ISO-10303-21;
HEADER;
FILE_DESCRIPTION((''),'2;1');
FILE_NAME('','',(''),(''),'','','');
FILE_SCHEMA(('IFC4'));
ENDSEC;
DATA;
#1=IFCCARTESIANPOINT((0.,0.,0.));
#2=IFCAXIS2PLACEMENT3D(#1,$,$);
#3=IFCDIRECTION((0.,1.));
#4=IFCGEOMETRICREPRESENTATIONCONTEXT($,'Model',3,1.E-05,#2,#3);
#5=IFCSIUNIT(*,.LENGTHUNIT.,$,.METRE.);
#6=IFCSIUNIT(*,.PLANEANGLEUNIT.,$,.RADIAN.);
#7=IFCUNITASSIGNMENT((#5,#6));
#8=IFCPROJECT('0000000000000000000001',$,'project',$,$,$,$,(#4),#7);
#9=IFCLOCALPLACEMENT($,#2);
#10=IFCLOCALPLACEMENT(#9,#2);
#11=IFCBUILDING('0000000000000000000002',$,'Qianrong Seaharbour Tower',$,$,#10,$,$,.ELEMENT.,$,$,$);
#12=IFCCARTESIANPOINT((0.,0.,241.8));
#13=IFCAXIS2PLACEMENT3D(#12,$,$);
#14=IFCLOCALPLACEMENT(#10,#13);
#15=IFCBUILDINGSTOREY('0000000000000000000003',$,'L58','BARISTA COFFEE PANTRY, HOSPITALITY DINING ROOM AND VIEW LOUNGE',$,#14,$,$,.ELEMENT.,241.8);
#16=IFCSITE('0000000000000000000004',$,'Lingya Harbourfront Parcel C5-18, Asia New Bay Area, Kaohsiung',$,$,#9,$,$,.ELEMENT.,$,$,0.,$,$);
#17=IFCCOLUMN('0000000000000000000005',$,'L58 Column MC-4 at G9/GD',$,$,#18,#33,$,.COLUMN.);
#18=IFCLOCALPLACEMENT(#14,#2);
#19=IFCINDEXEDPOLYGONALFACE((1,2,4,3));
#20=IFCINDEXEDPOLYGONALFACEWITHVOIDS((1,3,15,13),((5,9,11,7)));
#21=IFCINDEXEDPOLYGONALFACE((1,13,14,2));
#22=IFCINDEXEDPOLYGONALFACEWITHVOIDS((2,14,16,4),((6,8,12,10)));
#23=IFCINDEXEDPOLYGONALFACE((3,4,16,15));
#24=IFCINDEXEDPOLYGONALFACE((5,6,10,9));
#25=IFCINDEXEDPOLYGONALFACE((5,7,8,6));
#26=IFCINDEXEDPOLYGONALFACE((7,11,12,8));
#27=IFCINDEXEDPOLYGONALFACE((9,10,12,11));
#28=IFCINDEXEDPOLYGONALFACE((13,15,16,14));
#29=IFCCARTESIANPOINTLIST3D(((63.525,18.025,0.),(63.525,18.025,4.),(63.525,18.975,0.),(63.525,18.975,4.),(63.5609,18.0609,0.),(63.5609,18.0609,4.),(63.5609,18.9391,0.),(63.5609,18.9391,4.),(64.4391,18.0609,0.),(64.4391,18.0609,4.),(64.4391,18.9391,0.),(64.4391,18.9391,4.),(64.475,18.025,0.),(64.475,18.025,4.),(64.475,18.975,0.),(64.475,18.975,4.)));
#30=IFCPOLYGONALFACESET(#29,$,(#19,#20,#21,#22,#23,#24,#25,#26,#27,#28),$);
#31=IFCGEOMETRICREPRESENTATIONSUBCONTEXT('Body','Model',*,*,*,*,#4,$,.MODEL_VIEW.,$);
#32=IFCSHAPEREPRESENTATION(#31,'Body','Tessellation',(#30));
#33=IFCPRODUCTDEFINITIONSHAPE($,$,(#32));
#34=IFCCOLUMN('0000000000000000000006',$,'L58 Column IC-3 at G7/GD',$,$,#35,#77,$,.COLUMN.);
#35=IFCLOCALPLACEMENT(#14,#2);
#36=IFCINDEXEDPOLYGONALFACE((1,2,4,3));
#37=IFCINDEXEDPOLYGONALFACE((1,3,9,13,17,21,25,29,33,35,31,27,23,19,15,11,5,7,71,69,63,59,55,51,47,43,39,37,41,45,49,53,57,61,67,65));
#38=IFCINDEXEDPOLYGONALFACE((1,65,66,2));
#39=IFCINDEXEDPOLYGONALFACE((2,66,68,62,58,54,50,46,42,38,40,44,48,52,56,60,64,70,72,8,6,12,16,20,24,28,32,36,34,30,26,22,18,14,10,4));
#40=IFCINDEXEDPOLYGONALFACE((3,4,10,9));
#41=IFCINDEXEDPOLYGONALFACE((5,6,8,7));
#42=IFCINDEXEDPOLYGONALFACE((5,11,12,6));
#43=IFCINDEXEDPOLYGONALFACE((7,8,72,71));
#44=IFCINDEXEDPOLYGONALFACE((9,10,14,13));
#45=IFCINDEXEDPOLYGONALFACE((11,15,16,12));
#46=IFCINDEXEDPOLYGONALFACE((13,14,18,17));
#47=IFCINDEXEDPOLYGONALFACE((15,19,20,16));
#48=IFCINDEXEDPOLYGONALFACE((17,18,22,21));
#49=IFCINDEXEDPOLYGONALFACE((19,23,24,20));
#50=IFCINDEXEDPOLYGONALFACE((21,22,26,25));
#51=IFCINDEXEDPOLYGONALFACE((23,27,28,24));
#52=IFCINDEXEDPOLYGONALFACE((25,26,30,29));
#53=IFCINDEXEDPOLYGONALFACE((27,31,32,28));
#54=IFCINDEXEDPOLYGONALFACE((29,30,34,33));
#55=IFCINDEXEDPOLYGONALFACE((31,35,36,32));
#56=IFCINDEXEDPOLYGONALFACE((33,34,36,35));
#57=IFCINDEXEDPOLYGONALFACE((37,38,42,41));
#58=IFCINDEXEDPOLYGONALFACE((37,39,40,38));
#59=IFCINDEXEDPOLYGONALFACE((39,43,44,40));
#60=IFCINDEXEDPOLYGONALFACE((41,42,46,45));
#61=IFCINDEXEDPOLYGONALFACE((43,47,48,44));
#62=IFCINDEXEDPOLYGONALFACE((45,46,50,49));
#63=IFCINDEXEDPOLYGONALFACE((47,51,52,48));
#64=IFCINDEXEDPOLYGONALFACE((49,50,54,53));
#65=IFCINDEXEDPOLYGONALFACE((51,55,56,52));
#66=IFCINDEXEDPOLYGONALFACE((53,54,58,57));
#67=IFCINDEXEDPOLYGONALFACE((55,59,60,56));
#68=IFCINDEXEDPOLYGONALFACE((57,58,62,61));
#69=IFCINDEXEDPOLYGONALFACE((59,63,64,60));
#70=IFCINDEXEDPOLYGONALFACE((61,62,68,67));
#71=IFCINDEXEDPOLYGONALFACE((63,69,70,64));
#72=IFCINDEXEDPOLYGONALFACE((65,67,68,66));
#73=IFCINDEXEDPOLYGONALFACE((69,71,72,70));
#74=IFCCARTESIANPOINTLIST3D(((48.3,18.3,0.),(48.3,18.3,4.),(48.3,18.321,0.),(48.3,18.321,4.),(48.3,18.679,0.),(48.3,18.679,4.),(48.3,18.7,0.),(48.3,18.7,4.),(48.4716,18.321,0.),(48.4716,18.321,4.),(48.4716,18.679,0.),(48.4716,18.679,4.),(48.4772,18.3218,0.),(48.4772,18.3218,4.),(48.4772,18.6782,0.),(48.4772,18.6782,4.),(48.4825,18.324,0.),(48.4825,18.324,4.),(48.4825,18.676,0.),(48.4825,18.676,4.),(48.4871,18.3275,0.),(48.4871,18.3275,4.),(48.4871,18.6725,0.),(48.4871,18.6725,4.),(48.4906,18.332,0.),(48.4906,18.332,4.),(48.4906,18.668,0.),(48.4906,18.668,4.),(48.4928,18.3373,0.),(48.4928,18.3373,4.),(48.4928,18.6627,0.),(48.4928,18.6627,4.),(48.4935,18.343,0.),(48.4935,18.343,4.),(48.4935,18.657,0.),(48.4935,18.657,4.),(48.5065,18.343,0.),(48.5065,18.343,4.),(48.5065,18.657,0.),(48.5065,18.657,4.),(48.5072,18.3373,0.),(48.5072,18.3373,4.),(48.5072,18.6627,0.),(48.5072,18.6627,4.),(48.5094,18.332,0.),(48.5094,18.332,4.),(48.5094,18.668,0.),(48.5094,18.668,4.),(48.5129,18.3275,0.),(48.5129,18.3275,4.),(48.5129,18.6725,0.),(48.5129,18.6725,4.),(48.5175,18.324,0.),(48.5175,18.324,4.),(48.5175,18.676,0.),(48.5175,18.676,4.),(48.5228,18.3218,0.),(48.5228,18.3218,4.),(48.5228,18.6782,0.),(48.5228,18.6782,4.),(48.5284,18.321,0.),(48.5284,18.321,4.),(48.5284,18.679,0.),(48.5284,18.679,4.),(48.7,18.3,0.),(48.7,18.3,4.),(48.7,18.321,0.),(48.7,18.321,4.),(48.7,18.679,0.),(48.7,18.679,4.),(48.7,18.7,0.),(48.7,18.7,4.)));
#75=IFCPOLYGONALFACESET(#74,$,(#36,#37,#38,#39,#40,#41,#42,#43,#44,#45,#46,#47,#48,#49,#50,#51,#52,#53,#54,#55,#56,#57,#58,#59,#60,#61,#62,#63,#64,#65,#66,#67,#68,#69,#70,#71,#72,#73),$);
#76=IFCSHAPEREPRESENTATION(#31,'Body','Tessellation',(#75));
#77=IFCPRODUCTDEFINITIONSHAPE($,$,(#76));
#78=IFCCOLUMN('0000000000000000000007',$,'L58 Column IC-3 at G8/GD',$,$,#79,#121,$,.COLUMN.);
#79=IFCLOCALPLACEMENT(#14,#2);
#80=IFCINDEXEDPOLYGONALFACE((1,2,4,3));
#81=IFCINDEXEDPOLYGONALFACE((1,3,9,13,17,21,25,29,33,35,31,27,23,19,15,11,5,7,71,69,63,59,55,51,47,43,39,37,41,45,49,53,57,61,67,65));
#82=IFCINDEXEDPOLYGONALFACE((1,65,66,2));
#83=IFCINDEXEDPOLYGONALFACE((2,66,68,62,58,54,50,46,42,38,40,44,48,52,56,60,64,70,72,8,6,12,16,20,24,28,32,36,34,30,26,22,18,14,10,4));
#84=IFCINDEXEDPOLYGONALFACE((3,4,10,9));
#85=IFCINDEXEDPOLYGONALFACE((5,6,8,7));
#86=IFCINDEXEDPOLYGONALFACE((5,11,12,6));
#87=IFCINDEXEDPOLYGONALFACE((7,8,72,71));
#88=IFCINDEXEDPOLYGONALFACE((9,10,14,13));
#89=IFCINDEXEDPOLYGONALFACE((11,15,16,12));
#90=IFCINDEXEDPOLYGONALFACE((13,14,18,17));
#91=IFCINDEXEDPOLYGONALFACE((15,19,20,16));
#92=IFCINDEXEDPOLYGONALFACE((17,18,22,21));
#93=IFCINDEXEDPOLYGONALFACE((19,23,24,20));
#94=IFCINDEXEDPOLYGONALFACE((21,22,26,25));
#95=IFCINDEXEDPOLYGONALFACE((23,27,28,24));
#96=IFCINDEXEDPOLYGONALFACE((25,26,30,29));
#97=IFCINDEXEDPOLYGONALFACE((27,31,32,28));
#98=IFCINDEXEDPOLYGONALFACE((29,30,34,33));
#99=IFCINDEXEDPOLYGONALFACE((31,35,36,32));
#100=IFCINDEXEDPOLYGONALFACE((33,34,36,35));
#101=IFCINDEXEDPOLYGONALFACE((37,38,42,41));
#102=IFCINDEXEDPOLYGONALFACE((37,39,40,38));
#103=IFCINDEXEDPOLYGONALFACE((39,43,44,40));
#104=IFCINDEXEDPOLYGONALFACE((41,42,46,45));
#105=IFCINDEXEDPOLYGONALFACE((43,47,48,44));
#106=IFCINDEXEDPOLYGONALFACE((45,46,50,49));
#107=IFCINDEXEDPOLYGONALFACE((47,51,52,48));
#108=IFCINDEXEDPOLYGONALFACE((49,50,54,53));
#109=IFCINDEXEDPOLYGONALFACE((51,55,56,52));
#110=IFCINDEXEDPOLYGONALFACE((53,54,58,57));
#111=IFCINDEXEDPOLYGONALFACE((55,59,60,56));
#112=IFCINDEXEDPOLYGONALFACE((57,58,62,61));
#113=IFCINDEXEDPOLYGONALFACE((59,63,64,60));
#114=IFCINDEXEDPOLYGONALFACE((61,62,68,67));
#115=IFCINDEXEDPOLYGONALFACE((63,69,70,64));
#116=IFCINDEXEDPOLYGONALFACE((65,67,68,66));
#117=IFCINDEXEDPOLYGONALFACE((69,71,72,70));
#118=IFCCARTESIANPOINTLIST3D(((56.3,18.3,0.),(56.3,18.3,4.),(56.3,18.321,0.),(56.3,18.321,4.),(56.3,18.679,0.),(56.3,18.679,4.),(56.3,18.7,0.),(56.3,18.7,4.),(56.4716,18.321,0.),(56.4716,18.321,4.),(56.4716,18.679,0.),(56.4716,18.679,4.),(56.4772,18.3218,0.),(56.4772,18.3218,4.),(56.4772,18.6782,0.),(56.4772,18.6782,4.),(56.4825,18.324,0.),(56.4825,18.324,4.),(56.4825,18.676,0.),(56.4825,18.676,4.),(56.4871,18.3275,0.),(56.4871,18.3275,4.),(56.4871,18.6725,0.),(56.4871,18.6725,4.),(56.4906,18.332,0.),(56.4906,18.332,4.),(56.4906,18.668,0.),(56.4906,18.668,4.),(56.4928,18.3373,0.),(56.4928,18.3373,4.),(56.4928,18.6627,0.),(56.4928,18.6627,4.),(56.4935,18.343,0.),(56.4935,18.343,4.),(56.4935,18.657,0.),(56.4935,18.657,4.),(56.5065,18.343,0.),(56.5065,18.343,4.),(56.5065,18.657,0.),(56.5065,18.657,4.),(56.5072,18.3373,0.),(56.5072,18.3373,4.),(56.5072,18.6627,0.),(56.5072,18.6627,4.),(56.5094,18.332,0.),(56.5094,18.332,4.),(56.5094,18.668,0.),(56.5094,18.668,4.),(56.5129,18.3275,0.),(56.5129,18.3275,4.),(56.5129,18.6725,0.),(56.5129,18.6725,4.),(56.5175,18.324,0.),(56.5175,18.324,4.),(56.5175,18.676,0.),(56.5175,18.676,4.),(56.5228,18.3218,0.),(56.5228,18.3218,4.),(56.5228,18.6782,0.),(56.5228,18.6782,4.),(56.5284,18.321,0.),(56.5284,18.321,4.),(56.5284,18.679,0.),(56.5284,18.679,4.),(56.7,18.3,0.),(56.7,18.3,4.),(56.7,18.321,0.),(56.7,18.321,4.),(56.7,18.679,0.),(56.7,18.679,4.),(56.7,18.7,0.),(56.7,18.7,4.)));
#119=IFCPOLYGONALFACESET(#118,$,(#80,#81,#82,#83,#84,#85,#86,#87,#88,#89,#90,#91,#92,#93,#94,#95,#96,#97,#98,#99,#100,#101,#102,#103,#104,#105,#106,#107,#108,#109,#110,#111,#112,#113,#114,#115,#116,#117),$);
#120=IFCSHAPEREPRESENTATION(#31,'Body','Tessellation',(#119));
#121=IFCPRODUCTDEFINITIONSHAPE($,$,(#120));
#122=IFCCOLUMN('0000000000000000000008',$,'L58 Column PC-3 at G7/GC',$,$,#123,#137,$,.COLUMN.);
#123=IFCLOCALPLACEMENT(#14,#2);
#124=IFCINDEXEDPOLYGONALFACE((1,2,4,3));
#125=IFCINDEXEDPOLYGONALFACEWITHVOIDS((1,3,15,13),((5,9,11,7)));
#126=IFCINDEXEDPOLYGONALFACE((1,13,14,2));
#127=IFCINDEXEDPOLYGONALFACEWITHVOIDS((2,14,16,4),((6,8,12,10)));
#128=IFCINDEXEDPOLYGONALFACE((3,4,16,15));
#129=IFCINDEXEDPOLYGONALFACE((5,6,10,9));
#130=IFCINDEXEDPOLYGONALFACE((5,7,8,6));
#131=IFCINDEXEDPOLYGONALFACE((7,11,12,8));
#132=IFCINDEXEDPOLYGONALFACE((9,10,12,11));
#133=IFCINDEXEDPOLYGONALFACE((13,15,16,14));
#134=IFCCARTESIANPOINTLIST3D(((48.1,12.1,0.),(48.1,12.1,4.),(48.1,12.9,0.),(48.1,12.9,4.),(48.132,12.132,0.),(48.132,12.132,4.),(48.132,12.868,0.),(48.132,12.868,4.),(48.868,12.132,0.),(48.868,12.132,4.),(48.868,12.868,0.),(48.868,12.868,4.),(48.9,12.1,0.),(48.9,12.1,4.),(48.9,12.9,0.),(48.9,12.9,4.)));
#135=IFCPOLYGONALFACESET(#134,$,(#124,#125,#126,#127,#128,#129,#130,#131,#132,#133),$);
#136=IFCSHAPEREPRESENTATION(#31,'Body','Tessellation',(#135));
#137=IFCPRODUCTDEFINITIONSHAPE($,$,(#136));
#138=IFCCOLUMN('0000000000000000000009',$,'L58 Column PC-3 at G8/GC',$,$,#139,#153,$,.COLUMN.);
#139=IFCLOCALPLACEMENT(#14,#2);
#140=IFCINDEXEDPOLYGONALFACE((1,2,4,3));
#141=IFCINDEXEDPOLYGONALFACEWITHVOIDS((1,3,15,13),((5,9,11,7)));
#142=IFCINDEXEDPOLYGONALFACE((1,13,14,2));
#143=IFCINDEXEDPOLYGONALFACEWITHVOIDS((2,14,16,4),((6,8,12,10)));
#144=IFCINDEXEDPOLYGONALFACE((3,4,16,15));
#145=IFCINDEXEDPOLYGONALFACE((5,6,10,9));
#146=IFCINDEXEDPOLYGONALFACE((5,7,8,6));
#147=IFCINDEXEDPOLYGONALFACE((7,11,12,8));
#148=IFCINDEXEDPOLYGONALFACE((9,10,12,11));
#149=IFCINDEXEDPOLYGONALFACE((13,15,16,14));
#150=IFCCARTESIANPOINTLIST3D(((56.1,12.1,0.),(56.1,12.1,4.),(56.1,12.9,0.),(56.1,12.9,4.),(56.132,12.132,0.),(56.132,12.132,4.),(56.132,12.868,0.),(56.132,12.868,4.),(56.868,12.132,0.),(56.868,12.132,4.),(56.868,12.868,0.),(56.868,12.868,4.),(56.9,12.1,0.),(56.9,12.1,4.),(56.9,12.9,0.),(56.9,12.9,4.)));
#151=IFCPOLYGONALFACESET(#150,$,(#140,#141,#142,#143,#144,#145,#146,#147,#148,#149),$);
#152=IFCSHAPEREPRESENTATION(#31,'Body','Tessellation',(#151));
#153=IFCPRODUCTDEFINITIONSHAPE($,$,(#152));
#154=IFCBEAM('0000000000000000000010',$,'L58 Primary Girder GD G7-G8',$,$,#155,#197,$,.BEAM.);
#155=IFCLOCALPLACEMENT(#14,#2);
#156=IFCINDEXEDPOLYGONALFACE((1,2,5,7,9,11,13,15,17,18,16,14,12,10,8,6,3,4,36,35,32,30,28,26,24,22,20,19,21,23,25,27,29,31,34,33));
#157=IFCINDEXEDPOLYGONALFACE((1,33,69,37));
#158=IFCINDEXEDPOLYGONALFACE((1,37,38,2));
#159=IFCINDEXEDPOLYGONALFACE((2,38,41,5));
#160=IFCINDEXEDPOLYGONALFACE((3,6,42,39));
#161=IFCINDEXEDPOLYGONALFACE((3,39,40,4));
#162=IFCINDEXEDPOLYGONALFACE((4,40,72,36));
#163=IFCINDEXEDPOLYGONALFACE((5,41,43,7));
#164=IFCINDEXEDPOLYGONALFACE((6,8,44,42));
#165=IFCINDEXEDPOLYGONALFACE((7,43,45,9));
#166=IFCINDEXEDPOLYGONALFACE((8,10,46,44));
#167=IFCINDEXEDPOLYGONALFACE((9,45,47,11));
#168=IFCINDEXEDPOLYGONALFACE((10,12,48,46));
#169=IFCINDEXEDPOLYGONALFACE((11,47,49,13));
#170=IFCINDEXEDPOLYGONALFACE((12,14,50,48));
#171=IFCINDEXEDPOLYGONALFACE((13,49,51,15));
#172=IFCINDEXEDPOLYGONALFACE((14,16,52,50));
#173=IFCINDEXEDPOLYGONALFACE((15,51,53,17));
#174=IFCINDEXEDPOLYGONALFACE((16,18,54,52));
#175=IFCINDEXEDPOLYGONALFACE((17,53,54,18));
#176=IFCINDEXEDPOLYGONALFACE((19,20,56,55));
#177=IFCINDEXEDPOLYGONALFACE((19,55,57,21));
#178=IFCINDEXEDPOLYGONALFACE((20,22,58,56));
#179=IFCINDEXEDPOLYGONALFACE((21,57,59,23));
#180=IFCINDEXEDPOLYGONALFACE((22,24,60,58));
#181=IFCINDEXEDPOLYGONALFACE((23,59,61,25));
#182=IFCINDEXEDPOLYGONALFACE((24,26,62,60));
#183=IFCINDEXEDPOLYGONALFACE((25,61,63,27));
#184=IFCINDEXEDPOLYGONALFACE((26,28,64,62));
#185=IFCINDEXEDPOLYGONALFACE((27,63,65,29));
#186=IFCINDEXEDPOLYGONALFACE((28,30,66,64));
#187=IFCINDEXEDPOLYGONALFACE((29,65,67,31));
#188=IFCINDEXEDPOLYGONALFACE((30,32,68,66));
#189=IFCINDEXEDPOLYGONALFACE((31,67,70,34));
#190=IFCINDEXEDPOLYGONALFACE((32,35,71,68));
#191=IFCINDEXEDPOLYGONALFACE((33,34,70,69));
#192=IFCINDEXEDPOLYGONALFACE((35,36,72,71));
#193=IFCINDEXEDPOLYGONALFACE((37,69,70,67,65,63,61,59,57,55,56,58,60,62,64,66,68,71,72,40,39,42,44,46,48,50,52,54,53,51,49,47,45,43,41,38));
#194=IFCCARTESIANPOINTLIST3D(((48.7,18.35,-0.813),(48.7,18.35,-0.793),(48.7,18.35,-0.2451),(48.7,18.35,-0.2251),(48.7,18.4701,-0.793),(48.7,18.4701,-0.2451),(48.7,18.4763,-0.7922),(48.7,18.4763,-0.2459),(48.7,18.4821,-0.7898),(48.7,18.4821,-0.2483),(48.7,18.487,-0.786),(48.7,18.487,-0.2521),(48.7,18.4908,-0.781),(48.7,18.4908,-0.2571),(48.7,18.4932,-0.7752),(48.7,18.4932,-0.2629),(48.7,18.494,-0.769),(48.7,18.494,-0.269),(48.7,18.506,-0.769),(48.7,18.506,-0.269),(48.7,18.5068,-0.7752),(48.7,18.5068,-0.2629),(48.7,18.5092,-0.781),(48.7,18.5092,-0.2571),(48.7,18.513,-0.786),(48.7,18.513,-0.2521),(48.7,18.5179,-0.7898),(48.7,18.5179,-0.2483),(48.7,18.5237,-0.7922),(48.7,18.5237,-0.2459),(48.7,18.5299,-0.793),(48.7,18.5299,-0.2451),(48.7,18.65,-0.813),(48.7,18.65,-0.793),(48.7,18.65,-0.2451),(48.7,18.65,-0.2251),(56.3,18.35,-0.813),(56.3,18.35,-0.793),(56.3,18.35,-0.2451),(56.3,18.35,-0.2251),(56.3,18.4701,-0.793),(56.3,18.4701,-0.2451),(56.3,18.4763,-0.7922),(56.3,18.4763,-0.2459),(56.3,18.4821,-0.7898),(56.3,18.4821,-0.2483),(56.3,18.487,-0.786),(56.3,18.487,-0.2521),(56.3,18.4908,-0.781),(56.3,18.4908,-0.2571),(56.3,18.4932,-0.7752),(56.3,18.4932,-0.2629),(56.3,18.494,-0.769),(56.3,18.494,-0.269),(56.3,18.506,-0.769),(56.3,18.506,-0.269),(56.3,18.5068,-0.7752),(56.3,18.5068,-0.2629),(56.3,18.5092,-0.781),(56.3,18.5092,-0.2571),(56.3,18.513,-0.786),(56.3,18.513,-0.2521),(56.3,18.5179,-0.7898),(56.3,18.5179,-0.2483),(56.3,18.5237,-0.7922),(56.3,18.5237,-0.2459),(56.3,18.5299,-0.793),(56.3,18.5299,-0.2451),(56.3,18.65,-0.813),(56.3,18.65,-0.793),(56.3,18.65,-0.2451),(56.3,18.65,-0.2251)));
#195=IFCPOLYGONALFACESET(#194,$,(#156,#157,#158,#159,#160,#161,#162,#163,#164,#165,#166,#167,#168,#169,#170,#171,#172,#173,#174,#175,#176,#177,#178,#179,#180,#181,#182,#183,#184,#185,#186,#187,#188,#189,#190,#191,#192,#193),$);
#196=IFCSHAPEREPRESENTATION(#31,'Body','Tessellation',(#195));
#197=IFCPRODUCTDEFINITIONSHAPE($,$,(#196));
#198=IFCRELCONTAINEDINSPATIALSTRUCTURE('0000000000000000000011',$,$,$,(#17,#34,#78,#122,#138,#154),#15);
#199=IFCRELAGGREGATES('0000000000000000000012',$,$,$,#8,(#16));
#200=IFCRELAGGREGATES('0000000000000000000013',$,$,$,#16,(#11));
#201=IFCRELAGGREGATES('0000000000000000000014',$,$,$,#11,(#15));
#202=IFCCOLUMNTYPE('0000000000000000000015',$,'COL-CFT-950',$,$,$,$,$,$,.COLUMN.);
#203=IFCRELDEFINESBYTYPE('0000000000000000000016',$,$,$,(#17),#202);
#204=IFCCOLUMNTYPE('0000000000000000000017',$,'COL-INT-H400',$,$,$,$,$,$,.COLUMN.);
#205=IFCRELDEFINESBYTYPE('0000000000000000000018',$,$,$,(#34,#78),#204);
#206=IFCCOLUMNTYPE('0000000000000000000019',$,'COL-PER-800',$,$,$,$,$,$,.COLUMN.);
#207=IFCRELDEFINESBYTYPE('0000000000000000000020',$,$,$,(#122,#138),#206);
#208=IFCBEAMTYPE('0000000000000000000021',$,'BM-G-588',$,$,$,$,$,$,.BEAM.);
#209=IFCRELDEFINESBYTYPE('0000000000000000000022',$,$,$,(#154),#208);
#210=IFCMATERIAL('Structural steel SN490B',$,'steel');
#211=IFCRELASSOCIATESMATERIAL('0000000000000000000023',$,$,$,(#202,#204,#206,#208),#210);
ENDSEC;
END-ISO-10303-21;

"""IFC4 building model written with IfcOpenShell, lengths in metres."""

from ifc_helpers import new_model, si_unit, direction, frame, origin, origin_2d, place, context, subcontext, project, spatial, hollow_rectangle, i_section, extrude, material, material_profile, profile_set, type_object, element, save


model = new_model("IFC4")

# Units and contexts
model_context = context("Model", 3, precision=1e-05, world=origin(), true_north=direction((0.0, 1.0)))
body_context = subcontext(model_context, "Body", "Model", "MODEL_VIEW")
ifc_project = project(units=[si_unit("LENGTHUNIT", "METRE"), si_unit("PLANEANGLEUNIT", "RADIAN")], contexts=[model_context])

# Site, building, storey
site_placement = place(None, origin())
site = spatial("IfcSite", under=ifc_project, at=site_placement, Name="Lingya Harbourfront Parcel C5-18, Asia New Bay Area, Kaohsiung", CompositionType="ELEMENT", RefElevation=0.0)
building_placement = place(site_placement, origin())
building = spatial("IfcBuilding", under=site, at=building_placement, Name="Qianrong Seaharbour Tower", CompositionType="ELEMENT")
storey_placement = place(building_placement, frame((0.0, 0.0, 241.8)))
storey = spatial("IfcBuildingStorey", under=building, at=storey_placement, Name="L58", Description="BARISTA COFFEE PANTRY, HOSPITALITY DINING ROOM AND VIEW LOUNGE", CompositionType="ELEMENT", Elevation=241.8)

# Columns
ifc_material_1 = material(Name="Structural steel SN490B", Category="steel")
ifc_material_profile_1 = material_profile(ifc_material_1, hollow_rectangle(XDim=0.95, YDim=0.95, WallThickness=0.0359, at=origin_2d()), Name="BOX950x950x36")
ifc_profile_set_1 = profile_set([ifc_material_profile_1], Name="Structural steel SN490B")
column_type_1 = type_object("IfcColumnType", Name="COL-CFT-950", PredefinedType="COLUMN", material=ifc_profile_set_1)
column_placement = place(storey_placement, frame((64.0, 18.5, 0.0), z_axis=(0.0, 0.0, 1.0), x_axis=(1.0, 0.0, 0.0)))
element("IfcColumn", 1, at=column_placement, inside=storey, type_object=column_type_1, Name="L58 Column MC-4 at G9/GD", PredefinedType="COLUMN", context=body_context, shape_type="SweptSolid", body=[
    extrude(hollow_rectangle(XDim=0.95, YDim=0.95, WallThickness=0.0359, at=origin_2d()), origin(), (0.0, 0.0, 1.0), 4.0),
])
ifc_material_profile_2 = material_profile(ifc_material_1, i_section(OverallWidth=0.3999, OverallDepth=0.3999, WebThickness=0.0129, FlangeThickness=0.021, FilletRadius=0.022, at=origin_2d()), Name="H400x400x13x21")
ifc_profile_set_2 = profile_set([ifc_material_profile_2], Name="Structural steel SN490B")
column_type_2 = type_object("IfcColumnType", Name="COL-INT-H400", PredefinedType="COLUMN", material=ifc_profile_set_2)
for number, where, z_axis, x_axis, name in (
    (2, (48.5, 18.5, 0.0), (0.0, 0.0, 1.0), (1.0, 0.0, 0.0), "L58 Column IC-3 at G7/GD"),
    (3, (56.5, 18.5, 0.0), (0.0, 0.0, 1.0), (1.0, 0.0, 0.0), "L58 Column IC-3 at G8/GD"),
):
    element("IfcColumn", number, at=place(storey_placement, frame(where, z_axis=z_axis, x_axis=x_axis)), inside=storey, type_object=column_type_2, Name=name, PredefinedType="COLUMN", context=body_context, shape_type="SweptSolid", body=[
        extrude(i_section(OverallWidth=0.3999, OverallDepth=0.3999, WebThickness=0.0129, FlangeThickness=0.021, FilletRadius=0.022, at=origin_2d()), origin(), (0.0, 0.0, 1.0), 4.0),
    ])
ifc_material_profile_3 = material_profile(ifc_material_1, hollow_rectangle(XDim=0.8, YDim=0.8, WallThickness=0.032, at=origin_2d()), Name="BOX800x800x32")
ifc_profile_set_3 = profile_set([ifc_material_profile_3], Name="Structural steel SN490B")
column_type_3 = type_object("IfcColumnType", Name="COL-PER-800", PredefinedType="COLUMN", material=ifc_profile_set_3)
for number, where, z_axis, x_axis, name in (
    (4, (48.5, 12.5, 0.0), (0.0, 0.0, 1.0), (1.0, 0.0, 0.0), "L58 Column PC-3 at G7/GC"),
    (5, (56.5, 12.5, 0.0), (0.0, 0.0, 1.0), (1.0, 0.0, 0.0), "L58 Column PC-3 at G8/GC"),
):
    element("IfcColumn", number, at=place(storey_placement, frame(where, z_axis=z_axis, x_axis=x_axis)), inside=storey, type_object=column_type_3, Name=name, PredefinedType="COLUMN", context=body_context, shape_type="SweptSolid", body=[
        extrude(hollow_rectangle(XDim=0.8, YDim=0.8, WallThickness=0.032, at=origin_2d()), origin(), (0.0, 0.0, 1.0), 4.0),
    ])

# Beam
ifc_material_profile_4 = material_profile(ifc_material_1, i_section(OverallWidth=0.3, OverallDepth=0.5879, WebThickness=0.012, FlangeThickness=0.02, FilletRadius=0.0239, at=origin_2d()), Name="H588x300x12x20")
ifc_profile_set_4 = profile_set([ifc_material_profile_4], Name="Structural steel SN490B")
beam_type_1 = type_object("IfcBeamType", Name="BM-G-588", PredefinedType="BEAM", material=ifc_profile_set_4)
beam_1_placement = place(storey_placement, frame((48.7, 18.5, -0.519), z_axis=(1.0, 0.0, 0.0), x_axis=(0.0, 1.0, 0.0)))
element("IfcBeam", 6, at=beam_1_placement, inside=storey, type_object=beam_type_1, Name="L58 Primary Girder GD G7-G8", PredefinedType="BEAM", context=body_context, shape_type="SweptSolid", body=[
    extrude(i_section(OverallWidth=0.3, OverallDepth=0.5879, WebThickness=0.012, FlangeThickness=0.02, FilletRadius=0.0239, at=origin_2d()), origin(), (0.0, 0.0, 1.0), 7.6001),
])

save(model, "model.ifc")
